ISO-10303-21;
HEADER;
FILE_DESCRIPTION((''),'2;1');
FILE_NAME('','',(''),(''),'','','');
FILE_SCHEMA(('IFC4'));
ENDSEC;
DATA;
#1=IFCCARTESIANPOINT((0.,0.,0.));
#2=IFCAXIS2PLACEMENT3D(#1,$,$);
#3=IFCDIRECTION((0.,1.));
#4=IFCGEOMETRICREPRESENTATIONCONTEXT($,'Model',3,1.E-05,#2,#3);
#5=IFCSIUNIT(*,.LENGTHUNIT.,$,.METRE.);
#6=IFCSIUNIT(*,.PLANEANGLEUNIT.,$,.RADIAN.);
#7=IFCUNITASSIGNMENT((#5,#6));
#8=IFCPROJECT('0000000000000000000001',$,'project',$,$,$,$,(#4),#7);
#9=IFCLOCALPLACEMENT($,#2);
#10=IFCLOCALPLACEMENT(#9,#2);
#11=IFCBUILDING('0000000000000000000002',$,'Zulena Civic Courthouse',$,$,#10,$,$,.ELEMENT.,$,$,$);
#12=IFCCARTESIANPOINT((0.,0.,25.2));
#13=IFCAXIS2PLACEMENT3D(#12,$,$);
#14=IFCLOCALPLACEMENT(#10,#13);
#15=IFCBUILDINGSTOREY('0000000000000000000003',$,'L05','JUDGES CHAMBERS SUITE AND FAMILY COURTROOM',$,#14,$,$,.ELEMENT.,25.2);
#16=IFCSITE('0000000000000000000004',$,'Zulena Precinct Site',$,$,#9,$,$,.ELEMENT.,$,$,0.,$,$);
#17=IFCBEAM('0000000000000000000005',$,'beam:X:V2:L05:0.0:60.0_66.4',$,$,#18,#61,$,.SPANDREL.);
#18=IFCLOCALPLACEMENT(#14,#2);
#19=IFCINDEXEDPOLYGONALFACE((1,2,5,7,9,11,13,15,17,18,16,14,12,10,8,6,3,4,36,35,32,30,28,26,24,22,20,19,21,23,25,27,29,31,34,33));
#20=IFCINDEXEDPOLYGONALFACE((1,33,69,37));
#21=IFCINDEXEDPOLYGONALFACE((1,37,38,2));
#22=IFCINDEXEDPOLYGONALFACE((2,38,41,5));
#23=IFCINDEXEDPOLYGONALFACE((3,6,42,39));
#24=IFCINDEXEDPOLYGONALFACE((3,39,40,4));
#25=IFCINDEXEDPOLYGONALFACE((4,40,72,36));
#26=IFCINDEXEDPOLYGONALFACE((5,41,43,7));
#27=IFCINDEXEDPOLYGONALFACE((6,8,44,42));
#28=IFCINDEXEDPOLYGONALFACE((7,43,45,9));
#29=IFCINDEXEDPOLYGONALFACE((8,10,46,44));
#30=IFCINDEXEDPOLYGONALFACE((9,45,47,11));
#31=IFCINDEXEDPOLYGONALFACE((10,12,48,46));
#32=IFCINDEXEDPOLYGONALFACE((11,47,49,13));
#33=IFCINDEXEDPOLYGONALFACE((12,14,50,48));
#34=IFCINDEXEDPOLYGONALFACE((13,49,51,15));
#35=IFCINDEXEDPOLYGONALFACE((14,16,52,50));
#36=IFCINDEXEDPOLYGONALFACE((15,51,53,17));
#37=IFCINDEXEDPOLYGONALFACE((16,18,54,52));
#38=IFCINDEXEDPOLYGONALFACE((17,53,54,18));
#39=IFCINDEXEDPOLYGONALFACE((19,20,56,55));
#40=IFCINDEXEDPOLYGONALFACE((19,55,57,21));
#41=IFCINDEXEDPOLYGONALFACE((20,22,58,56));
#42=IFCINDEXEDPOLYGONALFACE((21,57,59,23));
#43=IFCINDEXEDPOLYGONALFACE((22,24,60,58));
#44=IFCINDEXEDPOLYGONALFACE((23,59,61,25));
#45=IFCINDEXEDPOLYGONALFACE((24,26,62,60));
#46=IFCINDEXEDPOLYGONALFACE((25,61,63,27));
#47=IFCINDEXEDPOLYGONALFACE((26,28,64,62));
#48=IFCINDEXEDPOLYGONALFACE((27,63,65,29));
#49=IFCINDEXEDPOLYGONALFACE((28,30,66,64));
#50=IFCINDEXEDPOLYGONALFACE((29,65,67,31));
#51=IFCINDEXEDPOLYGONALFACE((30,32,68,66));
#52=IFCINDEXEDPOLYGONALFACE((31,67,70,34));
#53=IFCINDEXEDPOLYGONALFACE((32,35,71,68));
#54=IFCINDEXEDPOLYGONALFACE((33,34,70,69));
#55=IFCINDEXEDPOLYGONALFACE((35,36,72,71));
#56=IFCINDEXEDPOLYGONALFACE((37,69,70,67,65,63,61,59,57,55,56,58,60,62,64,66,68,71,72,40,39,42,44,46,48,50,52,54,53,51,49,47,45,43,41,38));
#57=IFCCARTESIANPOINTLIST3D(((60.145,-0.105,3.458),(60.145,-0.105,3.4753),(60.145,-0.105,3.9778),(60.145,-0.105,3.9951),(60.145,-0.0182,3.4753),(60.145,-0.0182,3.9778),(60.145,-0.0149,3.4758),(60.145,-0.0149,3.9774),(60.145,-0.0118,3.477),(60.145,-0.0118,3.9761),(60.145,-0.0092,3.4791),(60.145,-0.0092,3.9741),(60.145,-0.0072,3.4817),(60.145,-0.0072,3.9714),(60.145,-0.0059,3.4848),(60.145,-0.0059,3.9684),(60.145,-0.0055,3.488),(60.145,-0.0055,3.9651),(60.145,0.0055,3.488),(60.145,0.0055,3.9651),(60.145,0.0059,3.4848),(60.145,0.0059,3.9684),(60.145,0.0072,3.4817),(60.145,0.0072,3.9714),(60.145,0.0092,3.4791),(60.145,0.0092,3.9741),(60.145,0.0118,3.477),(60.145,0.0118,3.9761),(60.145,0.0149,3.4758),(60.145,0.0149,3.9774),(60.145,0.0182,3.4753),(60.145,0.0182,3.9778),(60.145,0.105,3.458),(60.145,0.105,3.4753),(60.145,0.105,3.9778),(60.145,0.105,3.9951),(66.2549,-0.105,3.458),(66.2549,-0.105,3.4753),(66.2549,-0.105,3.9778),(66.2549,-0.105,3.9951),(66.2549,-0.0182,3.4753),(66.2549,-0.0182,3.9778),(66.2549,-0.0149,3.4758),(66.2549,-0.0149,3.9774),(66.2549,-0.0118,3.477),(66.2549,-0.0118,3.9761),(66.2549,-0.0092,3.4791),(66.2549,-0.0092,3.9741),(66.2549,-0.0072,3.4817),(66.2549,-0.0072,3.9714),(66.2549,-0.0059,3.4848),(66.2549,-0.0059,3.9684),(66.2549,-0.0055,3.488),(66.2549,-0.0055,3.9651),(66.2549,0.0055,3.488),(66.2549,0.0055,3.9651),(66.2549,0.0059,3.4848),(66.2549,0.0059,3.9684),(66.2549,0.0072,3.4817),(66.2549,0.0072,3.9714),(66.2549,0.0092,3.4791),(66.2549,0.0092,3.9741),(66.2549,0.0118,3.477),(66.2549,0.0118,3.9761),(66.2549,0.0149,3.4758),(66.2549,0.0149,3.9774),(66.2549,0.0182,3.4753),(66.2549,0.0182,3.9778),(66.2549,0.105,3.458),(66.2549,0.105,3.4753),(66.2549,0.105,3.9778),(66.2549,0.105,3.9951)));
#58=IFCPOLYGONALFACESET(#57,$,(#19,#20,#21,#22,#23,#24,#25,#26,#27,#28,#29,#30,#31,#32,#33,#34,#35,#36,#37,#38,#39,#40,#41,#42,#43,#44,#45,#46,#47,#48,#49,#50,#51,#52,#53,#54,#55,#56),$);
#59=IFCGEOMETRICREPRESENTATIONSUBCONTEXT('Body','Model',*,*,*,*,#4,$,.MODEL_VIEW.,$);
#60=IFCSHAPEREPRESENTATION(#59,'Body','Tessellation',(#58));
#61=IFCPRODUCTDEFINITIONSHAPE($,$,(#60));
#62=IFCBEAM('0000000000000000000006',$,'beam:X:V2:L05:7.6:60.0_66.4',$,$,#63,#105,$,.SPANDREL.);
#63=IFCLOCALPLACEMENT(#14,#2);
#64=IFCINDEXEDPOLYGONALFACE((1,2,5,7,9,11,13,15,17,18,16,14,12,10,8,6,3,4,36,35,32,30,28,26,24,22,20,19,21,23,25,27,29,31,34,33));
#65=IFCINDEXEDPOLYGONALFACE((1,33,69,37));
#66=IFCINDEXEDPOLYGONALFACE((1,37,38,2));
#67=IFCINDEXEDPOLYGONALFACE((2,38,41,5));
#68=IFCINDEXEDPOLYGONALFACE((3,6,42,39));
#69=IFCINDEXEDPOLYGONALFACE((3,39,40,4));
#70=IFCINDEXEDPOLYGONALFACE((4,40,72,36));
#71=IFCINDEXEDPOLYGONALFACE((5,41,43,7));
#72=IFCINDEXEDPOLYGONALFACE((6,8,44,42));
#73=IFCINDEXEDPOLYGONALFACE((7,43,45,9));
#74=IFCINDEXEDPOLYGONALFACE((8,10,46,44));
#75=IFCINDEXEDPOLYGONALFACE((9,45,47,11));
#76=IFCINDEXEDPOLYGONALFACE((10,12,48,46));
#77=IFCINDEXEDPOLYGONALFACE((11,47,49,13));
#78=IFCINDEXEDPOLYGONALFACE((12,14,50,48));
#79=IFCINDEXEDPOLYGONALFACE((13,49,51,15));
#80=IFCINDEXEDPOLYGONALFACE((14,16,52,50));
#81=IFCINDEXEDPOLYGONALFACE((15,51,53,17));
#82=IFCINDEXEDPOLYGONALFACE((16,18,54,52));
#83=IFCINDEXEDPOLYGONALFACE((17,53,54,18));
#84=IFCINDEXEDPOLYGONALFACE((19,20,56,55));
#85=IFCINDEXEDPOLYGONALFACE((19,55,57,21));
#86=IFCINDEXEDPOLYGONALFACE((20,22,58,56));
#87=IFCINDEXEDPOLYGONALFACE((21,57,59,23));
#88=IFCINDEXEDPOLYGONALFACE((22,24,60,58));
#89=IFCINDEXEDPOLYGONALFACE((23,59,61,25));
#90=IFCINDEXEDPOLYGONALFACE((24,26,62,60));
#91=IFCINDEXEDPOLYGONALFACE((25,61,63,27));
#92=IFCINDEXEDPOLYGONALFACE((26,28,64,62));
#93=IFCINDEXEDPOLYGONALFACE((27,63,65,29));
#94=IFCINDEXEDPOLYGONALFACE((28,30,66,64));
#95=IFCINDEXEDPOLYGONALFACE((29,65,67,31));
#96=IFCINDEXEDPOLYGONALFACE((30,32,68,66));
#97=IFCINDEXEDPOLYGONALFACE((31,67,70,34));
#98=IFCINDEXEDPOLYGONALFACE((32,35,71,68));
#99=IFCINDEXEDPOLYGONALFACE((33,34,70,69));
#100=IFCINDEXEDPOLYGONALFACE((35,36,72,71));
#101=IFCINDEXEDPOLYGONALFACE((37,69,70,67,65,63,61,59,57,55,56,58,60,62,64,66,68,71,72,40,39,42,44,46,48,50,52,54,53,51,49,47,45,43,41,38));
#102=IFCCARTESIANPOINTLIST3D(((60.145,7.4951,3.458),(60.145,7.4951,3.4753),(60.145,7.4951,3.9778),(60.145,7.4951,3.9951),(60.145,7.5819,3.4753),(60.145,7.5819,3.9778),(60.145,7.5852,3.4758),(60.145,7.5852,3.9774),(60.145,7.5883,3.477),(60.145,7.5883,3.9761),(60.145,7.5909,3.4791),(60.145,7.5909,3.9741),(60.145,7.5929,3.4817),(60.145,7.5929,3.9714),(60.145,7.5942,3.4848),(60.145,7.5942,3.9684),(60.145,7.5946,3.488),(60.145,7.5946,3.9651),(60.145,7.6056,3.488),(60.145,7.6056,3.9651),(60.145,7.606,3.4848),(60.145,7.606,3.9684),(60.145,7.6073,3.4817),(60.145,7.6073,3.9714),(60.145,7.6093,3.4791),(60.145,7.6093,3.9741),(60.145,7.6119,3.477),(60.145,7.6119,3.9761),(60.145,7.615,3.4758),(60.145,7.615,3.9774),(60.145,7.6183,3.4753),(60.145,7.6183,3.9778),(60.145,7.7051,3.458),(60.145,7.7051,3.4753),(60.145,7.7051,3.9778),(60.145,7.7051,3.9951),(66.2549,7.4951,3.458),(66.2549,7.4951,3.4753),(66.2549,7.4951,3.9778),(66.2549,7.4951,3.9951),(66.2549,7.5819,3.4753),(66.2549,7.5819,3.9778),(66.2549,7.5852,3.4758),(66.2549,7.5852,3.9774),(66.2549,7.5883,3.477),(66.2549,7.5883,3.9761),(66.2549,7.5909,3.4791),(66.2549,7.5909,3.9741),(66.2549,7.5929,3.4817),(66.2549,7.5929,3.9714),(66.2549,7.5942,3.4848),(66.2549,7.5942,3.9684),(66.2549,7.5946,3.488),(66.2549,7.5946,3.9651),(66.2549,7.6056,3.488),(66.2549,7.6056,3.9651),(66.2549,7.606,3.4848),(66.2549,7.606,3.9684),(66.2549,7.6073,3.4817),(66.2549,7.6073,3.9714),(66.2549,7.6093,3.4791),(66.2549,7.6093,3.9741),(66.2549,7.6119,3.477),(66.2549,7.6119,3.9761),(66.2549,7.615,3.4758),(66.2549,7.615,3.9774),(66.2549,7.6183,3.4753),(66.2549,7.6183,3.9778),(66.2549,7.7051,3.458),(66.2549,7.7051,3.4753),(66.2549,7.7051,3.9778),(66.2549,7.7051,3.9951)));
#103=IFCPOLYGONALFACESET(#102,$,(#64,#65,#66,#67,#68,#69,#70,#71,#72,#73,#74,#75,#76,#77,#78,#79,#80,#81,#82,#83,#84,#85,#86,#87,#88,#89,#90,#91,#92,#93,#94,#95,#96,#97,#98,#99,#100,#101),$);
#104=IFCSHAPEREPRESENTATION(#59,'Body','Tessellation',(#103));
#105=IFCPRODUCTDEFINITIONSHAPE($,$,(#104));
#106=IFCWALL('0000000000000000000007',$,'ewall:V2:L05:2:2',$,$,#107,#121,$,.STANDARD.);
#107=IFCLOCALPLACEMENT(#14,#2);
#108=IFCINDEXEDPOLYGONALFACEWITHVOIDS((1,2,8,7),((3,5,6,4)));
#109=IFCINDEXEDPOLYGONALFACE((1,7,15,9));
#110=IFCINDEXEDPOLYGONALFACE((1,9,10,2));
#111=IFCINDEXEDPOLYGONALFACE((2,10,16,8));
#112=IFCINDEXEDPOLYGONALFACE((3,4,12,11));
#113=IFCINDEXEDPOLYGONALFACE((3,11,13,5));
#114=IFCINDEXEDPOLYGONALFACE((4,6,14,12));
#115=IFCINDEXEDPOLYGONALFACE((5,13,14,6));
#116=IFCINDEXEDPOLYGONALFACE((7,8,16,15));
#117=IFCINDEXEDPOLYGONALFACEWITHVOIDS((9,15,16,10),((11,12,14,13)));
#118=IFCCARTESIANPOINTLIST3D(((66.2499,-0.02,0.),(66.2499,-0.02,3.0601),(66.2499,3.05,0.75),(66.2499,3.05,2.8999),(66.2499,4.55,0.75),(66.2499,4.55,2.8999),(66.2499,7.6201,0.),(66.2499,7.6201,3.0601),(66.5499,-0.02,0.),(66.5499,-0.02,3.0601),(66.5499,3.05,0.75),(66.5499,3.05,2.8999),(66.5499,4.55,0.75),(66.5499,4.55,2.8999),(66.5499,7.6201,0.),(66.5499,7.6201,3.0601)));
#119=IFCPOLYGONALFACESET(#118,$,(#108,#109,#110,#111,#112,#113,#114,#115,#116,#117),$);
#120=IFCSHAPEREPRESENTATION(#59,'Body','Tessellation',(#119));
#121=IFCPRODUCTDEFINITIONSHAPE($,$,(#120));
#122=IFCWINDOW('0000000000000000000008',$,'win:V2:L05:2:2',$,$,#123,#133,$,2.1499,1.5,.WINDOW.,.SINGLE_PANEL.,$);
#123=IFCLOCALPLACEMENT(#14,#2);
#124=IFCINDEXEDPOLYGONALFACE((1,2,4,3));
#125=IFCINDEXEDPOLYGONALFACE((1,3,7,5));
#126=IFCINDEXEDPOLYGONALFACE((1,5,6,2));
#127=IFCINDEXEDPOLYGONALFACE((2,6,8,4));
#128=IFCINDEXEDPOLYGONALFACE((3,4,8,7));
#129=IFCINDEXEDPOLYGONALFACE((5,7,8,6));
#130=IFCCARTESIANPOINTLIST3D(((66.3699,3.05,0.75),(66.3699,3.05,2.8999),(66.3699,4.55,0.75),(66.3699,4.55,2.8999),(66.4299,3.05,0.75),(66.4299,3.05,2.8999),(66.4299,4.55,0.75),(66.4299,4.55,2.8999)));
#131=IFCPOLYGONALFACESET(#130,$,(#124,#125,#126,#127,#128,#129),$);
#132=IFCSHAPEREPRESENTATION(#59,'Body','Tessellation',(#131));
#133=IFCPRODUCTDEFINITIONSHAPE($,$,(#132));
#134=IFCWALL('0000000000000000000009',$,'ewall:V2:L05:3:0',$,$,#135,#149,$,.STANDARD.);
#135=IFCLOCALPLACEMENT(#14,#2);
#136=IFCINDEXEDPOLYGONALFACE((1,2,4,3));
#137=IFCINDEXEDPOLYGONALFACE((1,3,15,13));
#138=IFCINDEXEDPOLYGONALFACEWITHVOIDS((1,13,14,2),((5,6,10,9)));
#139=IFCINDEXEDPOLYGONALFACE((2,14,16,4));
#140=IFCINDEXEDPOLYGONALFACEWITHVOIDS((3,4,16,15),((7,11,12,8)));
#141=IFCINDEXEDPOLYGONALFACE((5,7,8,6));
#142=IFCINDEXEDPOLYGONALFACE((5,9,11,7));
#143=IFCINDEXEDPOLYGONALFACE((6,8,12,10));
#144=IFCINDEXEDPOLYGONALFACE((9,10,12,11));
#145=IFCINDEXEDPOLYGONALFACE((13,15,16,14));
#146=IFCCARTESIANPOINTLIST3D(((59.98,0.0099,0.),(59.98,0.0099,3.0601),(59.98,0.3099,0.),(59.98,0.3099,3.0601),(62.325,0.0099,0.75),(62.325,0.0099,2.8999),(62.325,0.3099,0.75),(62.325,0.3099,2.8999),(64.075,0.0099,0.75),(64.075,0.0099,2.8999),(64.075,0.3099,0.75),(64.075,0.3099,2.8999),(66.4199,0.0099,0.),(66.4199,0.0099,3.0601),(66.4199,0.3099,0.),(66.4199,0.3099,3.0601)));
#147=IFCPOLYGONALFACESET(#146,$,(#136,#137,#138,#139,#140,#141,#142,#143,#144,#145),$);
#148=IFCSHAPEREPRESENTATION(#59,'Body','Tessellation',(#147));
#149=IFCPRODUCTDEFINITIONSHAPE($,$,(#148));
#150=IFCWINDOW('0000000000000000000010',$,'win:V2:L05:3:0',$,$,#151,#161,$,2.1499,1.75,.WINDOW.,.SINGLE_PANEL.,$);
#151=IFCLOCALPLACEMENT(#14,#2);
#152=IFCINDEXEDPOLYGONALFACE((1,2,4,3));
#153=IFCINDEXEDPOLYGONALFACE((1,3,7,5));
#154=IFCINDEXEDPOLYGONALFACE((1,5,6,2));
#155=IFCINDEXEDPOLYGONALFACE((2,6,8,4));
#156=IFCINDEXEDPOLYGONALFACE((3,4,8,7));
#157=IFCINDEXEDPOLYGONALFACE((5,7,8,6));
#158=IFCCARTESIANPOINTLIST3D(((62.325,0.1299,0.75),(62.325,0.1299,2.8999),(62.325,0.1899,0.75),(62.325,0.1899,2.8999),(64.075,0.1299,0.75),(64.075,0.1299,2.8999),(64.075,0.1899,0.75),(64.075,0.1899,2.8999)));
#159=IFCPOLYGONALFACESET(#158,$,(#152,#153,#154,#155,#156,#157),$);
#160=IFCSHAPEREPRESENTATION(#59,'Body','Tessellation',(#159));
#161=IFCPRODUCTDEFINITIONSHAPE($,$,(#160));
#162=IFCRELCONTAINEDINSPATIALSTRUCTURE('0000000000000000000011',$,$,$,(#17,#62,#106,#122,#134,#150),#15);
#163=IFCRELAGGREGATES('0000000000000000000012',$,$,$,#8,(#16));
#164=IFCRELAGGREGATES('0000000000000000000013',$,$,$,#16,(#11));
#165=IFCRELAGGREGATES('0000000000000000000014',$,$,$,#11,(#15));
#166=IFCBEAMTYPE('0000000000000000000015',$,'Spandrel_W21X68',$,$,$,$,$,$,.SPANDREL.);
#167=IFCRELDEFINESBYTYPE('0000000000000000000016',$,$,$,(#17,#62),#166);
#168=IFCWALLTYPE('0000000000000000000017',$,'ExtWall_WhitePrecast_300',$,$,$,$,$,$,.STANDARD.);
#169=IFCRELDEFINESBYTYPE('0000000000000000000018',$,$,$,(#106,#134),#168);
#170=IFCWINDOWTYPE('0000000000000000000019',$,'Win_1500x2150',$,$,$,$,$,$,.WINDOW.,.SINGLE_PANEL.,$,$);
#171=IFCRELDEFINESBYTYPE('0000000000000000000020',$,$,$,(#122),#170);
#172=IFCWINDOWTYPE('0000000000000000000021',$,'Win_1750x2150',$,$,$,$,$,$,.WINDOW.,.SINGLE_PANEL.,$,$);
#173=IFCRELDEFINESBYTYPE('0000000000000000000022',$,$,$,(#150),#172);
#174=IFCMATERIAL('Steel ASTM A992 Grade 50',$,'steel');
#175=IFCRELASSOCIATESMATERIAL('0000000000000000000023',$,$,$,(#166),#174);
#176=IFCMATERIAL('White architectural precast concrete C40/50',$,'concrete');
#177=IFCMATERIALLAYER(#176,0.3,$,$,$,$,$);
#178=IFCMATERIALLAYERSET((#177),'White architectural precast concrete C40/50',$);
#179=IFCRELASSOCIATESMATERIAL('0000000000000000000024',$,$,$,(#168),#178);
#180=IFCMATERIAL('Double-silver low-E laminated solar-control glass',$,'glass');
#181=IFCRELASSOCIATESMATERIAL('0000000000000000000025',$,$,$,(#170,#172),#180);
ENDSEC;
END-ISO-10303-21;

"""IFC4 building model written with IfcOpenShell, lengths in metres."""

from ifc_helpers import new_model, si_unit, direction, frame, frame_2d, origin, origin_2d, place, context, subcontext, project, spatial, rectangle, i_section, extrude, material, layer, layer_set, material_profile, profile_set, type_object, element, fill, save


model = new_model("IFC4")

# Units and contexts
model_context = context("Model", 3, precision=1e-05, world=origin(), true_north=direction((0.0, 1.0)))
body_context = subcontext(model_context, "Body", "Model", "MODEL_VIEW")
ifc_project = project(units=[si_unit("LENGTHUNIT", "METRE"), si_unit("PLANEANGLEUNIT", "RADIAN")], contexts=[model_context])

# Site, building, storey
site_placement = place(None, origin())
site = spatial("IfcSite", under=ifc_project, at=site_placement, Name="Zulena Precinct Site", CompositionType="ELEMENT", RefElevation=0.0)
building_placement = place(site_placement, origin())
building = spatial("IfcBuilding", under=site, at=building_placement, Name="Zulena Civic Courthouse", CompositionType="ELEMENT")
storey_placement = place(building_placement, frame((0.0, 0.0, 25.2)))
storey = spatial("IfcBuildingStorey", under=building, at=storey_placement, Name="L05", Description="JUDGES CHAMBERS SUITE AND FAMILY COURTROOM", CompositionType="ELEMENT", Elevation=25.2)

# Shared definitions
ifc_material_1 = material(Name="Steel ASTM A992 Grade 50", Category="steel")

# Beams
ifc_material_profile_1 = material_profile(ifc_material_1, i_section(OverallWidth=0.21, OverallDepth=0.5371, WebThickness=0.011, FlangeThickness=0.0173, FilletRadius=0.0127, at=origin_2d()), Name="W21X68")
ifc_profile_set_1 = profile_set([ifc_material_profile_1], Name="Steel ASTM A992 Grade 50")
beam_type_1 = type_object("IfcBeamType", Name="Spandrel_W21X68", PredefinedType="SPANDREL", material=ifc_profile_set_1)
for number, where, z_axis, x_axis, name in (
    (1, (60.145, 0.0, 3.7266), (1.0, 0.0, 0.0), (0.0, 1.0, 0.0), "beam:X:V2:L05:0.0:60.0_66.4"),
    (2, (60.145, 7.6001, 3.7266), (1.0, 0.0, 0.0), (0.0, 1.0, 0.0), "beam:X:V2:L05:7.6:60.0_66.4"),
):
    element("IfcBeam", number, at=place(storey_placement, frame(where, z_axis=z_axis, x_axis=x_axis)), inside=storey, type_object=beam_type_1, Name=name, PredefinedType="SPANDREL", context=body_context, shape_type="SweptSolid", body=[
        extrude(i_section(OverallWidth=0.21, OverallDepth=0.5371, WebThickness=0.011, FlangeThickness=0.0173, FilletRadius=0.0127, at=origin_2d()), origin(), (0.0, 0.0, 1.0), 6.1099),
    ])

# Walls, openings, windows
ifc_material_2 = material(Name="White architectural precast concrete C40/50", Category="concrete")
ifc_layer_1 = layer(ifc_material_2, 0.3)
ifc_layer_set_1 = layer_set([ifc_layer_1], Name="White architectural precast concrete C40/50")
wall_type = type_object("IfcWallType", Name="ExtWall_WhitePrecast_300", PredefinedType="STANDARD", material=ifc_layer_set_1)
wall_1_placement = place(storey_placement, frame((66.3999, 7.6201, 0.0), z_axis=(0.0, 0.0, 1.0), x_axis=(0.0, -1.0, 0.0)))
wall_1 = element("IfcWall", 3, at=wall_1_placement, inside=storey, type_object=wall_type, Name="ewall:V2:L05:2:2", PredefinedType="STANDARD", context=body_context, shape_type="SweptSolid", body=[
    extrude(rectangle(XDim=7.6401, YDim=0.3, at=frame_2d((3.8201, 0.0))), origin(), (0.0, 0.0, 1.0), 3.0601),
])
opening_1_placement = place(wall_1_placement, frame((3.0701, 0.0, 0.75)))
opening_1 = element("IfcOpeningElement", 4, at=opening_1_placement, cuts=wall_1, PredefinedType="OPENING", context=body_context, shape_type="SweptSolid", body=[
    extrude(rectangle(XDim=1.5, YDim=2.1499, at=frame_2d((0.75, 1.075))), frame((0.0, 0.1599, 0.0), z_axis=(0.0, -1.0, 0.0), x_axis=(1.0, 0.0, 0.0)), (0.0, 0.0, 1.0), 0.3201),
])
ifc_material_3 = material(Name="Double-silver low-E laminated solar-control glass", Category="glass")
window_type_1 = type_object("IfcWindowType", Name="Win_1500x2150", PartitioningType="SINGLE_PANEL", PredefinedType="WINDOW", material=ifc_material_3)
window_1_placement = place(opening_1_placement, origin())
window_1 = element("IfcWindow", 5, at=window_1_placement, inside=storey, type_object=window_type_1, Name="win:V2:L05:2:2", OverallHeight=2.1499, OverallWidth=1.5, PartitioningType="SINGLE_PANEL", PredefinedType="WINDOW", context=body_context, shape_type="SweptSolid", body=[
    extrude(rectangle(XDim=1.5, YDim=2.1499, at=frame_2d((0.75, 1.075))), frame((0.0, 0.03, 0.0), z_axis=(0.0, -1.0, 0.0), x_axis=(1.0, 0.0, 0.0)), (0.0, 0.0, 1.0), 0.0601),
])
fill(opening_1, window_1)
wall_2_placement = place(storey_placement, frame((66.4199, 0.1599, 0.0), z_axis=(0.0, 0.0, 1.0), x_axis=(-1.0, 0.0, 0.0)))
wall_2 = element("IfcWall", 6, at=wall_2_placement, inside=storey, type_object=wall_type, Name="ewall:V2:L05:3:0", PredefinedType="STANDARD", context=body_context, shape_type="SweptSolid", body=[
    extrude(rectangle(XDim=6.4399, YDim=0.3, at=frame_2d((3.22, 0.0))), origin(), (0.0, 0.0, 1.0), 3.0601),
])
opening_2_placement = place(wall_2_placement, frame((2.345, 0.0, 0.75)))
opening_2 = element("IfcOpeningElement", 7, at=opening_2_placement, cuts=wall_2, PredefinedType="OPENING", context=body_context, shape_type="SweptSolid", body=[
    extrude(rectangle(XDim=1.75, YDim=2.1499, at=frame_2d((0.875, 1.075))), frame((0.0, 0.1599, 0.0), z_axis=(0.0, -1.0, 0.0), x_axis=(1.0, 0.0, 0.0)), (0.0, 0.0, 1.0), 0.3201),
])
window_type_2 = type_object("IfcWindowType", Name="Win_1750x2150", PartitioningType="SINGLE_PANEL", PredefinedType="WINDOW", material=ifc_material_3)
window_2_placement = place(opening_2_placement, origin())
window_2 = element("IfcWindow", 8, at=window_2_placement, inside=storey, type_object=window_type_2, Name="win:V2:L05:3:0", OverallHeight=2.1499, OverallWidth=1.75, PartitioningType="SINGLE_PANEL", PredefinedType="WINDOW", context=body_context, shape_type="SweptSolid", body=[
    extrude(rectangle(XDim=1.75, YDim=2.1499, at=frame_2d((0.875, 1.075))), frame((0.0, 0.03, 0.0), z_axis=(0.0, -1.0, 0.0), x_axis=(1.0, 0.0, 0.0)), (0.0, 0.0, 1.0), 0.0601),
])
fill(opening_2, window_2)

save(model, "model.ifc")
